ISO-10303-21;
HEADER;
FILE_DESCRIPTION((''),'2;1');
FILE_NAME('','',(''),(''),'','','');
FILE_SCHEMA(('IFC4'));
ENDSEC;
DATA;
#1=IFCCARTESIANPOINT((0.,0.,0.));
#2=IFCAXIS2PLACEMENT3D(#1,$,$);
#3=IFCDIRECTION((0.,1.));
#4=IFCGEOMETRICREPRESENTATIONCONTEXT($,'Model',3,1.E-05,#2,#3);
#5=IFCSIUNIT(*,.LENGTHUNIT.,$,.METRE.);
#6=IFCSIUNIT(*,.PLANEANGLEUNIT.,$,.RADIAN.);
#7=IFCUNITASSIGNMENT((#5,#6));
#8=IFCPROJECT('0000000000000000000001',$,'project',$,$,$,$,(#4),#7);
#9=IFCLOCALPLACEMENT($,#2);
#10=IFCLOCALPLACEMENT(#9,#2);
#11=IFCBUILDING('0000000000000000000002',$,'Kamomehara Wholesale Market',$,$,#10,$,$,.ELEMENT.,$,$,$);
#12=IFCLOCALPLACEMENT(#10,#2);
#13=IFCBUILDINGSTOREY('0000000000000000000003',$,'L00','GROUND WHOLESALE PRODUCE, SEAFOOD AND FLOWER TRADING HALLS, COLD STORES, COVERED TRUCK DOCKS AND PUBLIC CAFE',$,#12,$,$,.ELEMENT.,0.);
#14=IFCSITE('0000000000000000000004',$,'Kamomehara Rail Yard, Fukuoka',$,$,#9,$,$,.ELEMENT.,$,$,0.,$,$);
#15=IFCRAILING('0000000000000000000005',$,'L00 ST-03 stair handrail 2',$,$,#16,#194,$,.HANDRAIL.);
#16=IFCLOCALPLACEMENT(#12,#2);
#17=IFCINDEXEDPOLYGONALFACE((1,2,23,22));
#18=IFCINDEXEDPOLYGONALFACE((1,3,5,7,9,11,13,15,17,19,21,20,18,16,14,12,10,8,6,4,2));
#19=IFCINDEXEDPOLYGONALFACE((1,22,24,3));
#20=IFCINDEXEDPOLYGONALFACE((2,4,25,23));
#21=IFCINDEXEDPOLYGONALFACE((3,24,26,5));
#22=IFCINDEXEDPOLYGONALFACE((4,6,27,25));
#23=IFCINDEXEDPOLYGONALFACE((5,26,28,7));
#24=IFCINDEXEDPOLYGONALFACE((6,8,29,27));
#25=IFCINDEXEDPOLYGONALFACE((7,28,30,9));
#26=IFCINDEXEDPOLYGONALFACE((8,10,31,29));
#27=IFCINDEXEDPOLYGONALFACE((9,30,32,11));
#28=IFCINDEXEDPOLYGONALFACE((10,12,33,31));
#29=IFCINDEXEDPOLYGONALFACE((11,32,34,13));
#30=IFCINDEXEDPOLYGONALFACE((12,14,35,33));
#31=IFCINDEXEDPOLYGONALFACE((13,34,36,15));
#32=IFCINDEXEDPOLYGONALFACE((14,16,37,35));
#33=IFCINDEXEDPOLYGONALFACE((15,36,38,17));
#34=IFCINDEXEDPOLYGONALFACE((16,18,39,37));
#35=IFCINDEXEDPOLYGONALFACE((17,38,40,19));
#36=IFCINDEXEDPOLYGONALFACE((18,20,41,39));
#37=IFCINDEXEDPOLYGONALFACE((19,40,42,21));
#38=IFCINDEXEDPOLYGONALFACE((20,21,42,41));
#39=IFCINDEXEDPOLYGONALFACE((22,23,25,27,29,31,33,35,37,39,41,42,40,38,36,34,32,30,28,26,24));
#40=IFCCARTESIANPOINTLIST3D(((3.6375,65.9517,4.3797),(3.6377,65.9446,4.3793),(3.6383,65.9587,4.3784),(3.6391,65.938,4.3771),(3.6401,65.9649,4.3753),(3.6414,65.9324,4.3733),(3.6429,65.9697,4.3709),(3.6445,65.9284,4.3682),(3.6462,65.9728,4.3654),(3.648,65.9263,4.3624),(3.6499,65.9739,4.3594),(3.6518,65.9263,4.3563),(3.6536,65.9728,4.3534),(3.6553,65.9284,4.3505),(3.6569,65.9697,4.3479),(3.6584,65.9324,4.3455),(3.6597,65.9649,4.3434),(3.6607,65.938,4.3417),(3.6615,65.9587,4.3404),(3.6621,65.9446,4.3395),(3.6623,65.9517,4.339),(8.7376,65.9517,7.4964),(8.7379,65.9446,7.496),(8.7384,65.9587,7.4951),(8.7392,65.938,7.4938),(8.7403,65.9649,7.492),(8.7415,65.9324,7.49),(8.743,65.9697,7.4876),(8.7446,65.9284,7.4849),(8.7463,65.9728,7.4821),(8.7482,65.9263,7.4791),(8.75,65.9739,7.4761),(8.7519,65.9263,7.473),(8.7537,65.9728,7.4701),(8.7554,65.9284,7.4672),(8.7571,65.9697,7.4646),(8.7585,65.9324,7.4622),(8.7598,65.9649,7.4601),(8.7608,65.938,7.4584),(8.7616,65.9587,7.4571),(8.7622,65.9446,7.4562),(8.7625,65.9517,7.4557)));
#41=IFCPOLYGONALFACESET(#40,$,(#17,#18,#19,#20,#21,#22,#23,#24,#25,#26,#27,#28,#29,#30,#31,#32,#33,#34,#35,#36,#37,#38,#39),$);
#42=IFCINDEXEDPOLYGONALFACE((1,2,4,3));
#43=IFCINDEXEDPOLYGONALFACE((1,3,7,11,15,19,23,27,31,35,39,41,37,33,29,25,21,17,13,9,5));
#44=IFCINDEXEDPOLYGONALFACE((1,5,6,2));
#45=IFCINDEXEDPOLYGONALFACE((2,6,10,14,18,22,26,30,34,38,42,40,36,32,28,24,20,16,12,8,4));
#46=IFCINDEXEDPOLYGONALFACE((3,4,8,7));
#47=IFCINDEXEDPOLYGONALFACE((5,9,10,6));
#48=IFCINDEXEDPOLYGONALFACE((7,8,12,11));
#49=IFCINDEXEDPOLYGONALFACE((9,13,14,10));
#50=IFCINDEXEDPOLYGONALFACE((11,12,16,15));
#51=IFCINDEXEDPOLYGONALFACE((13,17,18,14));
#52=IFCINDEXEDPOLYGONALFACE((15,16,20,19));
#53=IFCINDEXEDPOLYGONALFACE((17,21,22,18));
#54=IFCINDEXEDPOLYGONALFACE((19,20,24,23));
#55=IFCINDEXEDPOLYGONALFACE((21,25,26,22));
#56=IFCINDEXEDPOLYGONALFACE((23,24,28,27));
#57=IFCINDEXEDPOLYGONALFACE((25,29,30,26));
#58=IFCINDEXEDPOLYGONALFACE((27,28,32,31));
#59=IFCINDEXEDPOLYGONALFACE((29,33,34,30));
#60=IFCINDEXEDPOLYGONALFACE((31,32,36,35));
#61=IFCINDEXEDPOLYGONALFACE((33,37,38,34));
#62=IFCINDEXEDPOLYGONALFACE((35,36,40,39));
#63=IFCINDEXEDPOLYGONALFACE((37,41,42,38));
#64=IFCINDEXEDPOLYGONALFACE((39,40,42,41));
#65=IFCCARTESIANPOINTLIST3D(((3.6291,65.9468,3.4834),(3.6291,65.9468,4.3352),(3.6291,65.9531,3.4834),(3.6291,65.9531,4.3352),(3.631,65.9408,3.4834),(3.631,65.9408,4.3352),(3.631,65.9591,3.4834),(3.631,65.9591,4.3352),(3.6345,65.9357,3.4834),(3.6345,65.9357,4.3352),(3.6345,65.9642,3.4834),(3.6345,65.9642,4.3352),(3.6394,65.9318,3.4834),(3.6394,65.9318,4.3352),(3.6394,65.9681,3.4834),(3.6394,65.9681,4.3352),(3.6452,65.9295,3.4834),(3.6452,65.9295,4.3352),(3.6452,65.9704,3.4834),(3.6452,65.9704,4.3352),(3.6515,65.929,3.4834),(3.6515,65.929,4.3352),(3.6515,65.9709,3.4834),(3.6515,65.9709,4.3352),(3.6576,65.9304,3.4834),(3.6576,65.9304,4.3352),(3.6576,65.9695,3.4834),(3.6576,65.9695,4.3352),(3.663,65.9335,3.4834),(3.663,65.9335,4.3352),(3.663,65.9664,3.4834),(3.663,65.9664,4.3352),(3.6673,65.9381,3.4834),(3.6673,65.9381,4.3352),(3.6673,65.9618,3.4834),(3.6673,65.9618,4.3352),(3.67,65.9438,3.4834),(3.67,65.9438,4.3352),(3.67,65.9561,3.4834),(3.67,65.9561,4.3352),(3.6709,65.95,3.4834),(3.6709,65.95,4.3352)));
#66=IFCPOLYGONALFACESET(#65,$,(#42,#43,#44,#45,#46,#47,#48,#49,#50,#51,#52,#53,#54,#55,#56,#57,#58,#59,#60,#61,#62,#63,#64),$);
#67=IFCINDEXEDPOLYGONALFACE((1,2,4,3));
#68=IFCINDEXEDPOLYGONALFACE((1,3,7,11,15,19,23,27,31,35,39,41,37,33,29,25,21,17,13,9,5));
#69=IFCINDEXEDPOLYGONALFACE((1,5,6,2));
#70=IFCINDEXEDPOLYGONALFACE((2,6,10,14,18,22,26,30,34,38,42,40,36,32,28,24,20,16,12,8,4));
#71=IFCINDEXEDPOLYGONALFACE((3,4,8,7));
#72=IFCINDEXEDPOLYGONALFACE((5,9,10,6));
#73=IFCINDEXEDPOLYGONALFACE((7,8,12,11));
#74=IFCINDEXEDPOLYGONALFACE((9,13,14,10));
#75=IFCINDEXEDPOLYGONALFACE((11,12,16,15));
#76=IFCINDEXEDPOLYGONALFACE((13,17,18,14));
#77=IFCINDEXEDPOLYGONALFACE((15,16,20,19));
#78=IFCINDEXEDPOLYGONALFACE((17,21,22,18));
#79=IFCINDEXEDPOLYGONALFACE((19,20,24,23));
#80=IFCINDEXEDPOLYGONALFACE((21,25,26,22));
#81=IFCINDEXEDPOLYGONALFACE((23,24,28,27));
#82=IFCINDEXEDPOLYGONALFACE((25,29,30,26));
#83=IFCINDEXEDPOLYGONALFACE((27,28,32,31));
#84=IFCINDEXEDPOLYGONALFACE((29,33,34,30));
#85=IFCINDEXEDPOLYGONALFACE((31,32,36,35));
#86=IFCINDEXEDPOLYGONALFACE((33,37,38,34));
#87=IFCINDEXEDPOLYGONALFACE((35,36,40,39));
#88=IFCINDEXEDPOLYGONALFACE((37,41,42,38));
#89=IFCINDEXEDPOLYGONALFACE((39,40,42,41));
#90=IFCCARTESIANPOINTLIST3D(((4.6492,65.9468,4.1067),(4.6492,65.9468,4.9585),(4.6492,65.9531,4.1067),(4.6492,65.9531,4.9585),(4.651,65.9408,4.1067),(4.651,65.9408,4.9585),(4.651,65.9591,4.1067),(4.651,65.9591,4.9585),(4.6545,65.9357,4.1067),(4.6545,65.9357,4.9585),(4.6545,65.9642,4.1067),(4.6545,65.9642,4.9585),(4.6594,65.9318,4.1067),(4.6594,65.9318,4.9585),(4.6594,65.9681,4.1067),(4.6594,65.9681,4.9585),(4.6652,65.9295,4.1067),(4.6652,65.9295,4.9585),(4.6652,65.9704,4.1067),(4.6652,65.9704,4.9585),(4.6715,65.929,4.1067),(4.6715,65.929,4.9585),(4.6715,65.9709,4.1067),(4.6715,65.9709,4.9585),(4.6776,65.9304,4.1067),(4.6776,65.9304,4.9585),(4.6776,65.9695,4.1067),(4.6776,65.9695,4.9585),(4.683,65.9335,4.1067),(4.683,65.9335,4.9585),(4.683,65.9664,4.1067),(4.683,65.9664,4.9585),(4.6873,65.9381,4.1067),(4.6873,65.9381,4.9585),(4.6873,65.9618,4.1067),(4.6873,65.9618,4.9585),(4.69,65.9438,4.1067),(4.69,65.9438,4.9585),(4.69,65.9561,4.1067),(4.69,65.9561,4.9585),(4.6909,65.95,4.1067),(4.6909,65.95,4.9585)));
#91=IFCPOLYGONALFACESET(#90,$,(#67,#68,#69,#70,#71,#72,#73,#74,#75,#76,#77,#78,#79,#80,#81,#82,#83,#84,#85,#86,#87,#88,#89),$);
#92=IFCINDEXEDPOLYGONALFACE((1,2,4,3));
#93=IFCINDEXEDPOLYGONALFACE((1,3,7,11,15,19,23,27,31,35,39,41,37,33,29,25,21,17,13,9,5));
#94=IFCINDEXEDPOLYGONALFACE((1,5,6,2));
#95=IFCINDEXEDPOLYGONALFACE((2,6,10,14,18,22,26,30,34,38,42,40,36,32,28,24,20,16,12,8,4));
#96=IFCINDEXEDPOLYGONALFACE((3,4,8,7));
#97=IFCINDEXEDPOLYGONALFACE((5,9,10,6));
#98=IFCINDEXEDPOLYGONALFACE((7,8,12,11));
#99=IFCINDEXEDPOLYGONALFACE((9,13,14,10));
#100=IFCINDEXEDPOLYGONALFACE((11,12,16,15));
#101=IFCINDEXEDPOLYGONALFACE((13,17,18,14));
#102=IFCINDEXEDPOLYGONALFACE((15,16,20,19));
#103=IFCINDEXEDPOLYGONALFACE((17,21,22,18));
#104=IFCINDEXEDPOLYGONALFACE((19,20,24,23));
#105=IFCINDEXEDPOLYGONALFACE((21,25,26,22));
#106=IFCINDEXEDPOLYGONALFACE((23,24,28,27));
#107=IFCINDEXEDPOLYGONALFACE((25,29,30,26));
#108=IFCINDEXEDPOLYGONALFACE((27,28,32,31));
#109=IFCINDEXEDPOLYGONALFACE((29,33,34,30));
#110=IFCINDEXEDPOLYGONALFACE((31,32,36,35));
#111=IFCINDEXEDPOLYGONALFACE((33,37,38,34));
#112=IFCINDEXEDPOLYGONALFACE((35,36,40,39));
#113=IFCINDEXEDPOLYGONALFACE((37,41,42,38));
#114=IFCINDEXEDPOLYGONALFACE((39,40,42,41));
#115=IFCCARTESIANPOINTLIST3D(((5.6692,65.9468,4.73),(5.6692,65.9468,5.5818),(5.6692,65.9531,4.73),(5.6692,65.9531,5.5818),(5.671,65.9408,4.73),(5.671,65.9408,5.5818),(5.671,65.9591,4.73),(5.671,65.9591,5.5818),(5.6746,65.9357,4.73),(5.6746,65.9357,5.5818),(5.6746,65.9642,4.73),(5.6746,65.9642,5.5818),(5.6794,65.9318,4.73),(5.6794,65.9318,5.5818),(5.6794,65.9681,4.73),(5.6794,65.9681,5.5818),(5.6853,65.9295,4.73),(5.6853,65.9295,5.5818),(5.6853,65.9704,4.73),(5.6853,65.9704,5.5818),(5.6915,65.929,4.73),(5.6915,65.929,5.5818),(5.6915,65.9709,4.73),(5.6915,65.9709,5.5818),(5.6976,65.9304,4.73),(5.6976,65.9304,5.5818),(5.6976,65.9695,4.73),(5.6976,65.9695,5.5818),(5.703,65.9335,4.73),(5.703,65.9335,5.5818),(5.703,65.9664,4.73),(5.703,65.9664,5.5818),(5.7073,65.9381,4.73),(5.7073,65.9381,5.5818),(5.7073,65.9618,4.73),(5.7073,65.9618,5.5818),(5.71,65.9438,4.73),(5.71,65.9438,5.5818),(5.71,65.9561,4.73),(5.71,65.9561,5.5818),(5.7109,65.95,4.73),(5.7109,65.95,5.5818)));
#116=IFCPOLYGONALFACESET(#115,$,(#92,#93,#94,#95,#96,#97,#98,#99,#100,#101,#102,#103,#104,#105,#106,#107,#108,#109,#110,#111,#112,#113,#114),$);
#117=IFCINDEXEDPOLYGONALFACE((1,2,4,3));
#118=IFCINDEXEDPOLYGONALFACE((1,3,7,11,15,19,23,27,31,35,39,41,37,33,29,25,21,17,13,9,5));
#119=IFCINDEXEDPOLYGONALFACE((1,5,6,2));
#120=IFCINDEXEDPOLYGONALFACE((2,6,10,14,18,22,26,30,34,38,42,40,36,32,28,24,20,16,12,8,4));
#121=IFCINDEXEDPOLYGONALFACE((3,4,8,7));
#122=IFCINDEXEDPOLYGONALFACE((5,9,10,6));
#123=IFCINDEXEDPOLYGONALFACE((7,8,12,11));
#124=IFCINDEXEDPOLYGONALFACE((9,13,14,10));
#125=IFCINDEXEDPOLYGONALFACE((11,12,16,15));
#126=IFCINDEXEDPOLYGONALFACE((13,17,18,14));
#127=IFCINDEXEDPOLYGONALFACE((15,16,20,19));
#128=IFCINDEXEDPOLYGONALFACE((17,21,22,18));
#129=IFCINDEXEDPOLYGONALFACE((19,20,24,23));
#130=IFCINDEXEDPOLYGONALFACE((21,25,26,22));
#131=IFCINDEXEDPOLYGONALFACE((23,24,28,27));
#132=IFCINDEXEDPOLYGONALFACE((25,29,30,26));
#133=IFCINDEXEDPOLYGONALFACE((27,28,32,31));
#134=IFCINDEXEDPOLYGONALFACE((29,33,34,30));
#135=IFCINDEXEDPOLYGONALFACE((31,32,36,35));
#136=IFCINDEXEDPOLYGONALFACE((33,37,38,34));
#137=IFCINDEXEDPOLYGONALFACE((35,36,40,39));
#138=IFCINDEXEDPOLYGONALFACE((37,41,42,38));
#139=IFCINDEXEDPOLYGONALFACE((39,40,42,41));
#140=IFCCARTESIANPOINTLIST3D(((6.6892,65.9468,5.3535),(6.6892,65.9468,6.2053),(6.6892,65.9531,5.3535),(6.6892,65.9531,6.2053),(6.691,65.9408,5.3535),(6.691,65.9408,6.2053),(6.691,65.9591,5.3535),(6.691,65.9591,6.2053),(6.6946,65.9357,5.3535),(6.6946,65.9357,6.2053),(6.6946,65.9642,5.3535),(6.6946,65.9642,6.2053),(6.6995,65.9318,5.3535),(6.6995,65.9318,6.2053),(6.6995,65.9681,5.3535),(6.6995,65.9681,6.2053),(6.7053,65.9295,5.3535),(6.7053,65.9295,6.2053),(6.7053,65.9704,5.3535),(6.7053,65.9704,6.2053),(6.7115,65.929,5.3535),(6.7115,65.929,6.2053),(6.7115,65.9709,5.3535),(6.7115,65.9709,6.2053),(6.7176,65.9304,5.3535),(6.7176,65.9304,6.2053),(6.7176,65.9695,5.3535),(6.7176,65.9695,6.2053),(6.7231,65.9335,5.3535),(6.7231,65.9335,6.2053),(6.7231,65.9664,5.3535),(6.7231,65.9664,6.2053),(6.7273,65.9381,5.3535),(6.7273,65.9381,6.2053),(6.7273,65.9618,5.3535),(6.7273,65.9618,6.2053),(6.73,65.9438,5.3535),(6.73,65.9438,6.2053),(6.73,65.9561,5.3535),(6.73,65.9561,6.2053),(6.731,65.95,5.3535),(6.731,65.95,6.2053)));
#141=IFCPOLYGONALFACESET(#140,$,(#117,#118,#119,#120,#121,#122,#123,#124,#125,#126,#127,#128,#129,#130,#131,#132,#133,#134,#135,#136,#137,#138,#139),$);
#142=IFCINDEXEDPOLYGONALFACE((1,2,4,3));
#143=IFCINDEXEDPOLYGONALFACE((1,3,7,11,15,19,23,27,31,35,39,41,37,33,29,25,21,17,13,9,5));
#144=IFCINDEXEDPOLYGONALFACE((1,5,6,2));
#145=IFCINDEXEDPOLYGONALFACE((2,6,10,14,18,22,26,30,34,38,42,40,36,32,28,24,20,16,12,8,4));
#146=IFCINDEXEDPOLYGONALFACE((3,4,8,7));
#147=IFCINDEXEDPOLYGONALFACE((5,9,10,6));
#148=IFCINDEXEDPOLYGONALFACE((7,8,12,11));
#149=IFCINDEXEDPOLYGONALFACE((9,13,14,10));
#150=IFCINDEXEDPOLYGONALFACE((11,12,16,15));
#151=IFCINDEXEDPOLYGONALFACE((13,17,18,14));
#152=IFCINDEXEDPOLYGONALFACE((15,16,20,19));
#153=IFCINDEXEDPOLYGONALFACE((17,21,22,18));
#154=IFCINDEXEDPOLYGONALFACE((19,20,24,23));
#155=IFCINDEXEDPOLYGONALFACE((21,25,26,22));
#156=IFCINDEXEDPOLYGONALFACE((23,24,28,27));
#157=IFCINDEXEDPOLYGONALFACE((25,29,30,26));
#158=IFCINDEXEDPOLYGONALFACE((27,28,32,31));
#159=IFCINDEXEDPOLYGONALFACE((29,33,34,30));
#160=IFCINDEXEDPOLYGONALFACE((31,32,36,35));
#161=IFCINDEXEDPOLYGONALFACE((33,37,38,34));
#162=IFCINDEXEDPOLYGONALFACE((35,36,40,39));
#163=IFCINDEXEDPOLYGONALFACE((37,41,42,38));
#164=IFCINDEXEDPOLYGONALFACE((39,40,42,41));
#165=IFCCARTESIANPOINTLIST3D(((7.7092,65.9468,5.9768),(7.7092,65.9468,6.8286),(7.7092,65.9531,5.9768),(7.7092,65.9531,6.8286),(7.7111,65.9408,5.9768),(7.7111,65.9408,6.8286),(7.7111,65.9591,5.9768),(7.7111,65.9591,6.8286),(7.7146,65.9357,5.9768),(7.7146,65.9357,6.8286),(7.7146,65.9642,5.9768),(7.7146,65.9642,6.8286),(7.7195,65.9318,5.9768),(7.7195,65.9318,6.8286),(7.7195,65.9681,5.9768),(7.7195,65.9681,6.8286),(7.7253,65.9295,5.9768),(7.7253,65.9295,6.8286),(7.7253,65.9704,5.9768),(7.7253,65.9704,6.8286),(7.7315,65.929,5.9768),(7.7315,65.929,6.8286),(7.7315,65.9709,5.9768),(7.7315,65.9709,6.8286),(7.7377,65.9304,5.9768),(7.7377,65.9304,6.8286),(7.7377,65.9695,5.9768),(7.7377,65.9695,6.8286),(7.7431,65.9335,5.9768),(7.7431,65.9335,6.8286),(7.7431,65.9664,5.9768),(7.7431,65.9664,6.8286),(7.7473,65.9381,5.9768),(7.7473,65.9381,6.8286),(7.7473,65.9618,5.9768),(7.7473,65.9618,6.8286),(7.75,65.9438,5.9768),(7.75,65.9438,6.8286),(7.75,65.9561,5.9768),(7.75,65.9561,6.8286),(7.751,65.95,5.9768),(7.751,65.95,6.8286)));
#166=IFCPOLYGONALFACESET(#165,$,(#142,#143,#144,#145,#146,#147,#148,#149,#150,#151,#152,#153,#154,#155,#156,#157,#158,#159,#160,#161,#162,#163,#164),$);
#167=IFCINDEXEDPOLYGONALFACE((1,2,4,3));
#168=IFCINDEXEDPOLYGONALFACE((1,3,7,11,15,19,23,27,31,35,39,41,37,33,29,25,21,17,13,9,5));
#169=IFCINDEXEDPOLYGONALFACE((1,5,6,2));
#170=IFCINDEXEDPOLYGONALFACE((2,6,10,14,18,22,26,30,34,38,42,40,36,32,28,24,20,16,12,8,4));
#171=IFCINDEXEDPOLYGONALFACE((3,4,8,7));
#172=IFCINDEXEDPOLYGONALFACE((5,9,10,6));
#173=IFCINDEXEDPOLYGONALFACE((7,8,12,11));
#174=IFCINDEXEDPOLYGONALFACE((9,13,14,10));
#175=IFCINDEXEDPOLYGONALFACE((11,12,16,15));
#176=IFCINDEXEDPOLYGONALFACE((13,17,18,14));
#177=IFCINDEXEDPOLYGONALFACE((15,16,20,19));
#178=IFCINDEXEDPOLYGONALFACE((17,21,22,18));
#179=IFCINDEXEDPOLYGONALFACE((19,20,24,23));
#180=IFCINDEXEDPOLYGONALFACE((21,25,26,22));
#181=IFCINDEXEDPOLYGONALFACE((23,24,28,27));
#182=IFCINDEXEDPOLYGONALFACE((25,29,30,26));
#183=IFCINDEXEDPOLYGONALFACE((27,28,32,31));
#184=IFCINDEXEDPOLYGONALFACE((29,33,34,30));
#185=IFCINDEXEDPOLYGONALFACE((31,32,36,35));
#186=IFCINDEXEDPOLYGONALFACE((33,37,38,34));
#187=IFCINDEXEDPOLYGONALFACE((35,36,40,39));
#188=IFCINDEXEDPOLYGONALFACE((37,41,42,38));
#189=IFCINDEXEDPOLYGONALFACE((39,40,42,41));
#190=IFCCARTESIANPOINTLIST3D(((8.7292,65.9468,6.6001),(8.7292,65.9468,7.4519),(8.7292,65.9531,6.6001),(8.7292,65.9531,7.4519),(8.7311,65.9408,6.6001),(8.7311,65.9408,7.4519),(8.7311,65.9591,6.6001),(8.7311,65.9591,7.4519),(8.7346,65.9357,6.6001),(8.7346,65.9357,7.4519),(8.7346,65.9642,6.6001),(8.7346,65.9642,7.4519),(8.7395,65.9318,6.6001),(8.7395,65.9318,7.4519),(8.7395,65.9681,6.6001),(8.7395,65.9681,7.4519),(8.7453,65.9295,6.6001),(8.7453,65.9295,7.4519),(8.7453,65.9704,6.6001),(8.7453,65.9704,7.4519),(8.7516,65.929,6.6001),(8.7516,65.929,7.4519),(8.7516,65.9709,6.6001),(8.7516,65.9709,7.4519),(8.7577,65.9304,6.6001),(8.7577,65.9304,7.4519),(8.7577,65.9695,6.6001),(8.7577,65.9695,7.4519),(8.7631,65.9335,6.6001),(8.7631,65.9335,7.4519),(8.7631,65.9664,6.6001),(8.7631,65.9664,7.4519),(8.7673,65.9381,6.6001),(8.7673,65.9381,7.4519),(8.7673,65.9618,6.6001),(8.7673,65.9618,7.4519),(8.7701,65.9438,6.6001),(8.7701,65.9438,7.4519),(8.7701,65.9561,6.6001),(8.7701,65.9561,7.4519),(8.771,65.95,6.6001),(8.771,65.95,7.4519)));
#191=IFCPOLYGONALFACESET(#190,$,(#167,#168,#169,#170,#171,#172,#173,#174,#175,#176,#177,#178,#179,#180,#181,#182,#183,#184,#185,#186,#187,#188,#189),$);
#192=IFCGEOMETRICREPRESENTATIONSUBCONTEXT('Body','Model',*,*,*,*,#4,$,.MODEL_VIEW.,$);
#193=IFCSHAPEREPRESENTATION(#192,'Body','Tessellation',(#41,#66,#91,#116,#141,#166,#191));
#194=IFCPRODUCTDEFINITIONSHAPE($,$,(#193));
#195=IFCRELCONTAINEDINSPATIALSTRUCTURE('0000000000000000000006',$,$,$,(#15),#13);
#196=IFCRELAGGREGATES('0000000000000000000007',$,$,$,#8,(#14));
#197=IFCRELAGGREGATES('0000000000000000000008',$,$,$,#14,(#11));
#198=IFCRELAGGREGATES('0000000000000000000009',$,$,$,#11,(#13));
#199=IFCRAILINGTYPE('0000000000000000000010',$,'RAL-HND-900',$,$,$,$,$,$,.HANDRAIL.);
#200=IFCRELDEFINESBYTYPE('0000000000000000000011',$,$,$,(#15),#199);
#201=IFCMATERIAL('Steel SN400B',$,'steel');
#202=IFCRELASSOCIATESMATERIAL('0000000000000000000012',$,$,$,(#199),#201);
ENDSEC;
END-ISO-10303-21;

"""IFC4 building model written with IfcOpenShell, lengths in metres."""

from ifc_helpers import new_model, si_unit, direction, frame, origin, origin_2d, place, context, subcontext, project, spatial, circle, extrude, material, type_object, element, save


model = new_model("IFC4")

# Units and contexts
model_context = context("Model", 3, precision=1e-05, world=origin(), true_north=direction((0.0, 1.0)))
body_context = subcontext(model_context, "Body", "Model", "MODEL_VIEW")
ifc_project = project(units=[si_unit("LENGTHUNIT", "METRE"), si_unit("PLANEANGLEUNIT", "RADIAN")], contexts=[model_context])

# Site, building, storey
site_placement = place(None, origin())
site = spatial("IfcSite", under=ifc_project, at=site_placement, Name="Kamomehara Rail Yard, Fukuoka", CompositionType="ELEMENT", RefElevation=0.0)
building_placement = place(site_placement, origin())
building = spatial("IfcBuilding", under=site, at=building_placement, Name="Kamomehara Wholesale Market", CompositionType="ELEMENT")
storey_placement = place(building_placement, origin())
storey = spatial("IfcBuildingStorey", under=building, at=storey_placement, Name="L00", Description="GROUND WHOLESALE PRODUCE, SEAFOOD AND FLOWER TRADING HALLS, COLD STORES, COVERED TRUCK DOCKS AND PUBLIC CAFE", CompositionType="ELEMENT", Elevation=0.0)

# Railing
ifc_material_1 = material(Name="Steel SN400B", Category="steel")
railing_type_1 = type_object("IfcRailingType", Name="RAL-HND-900", PredefinedType="HANDRAIL", material=ifc_material_1)
railing_1_placement = place(storey_placement, frame((3.6499, 65.95, 3.4834)))
element("IfcRailing", 1, at=railing_1_placement, inside=storey, type_object=railing_type_1, Name="L00 ST-03 stair handrail 2", PredefinedType="HANDRAIL", context=body_context, shape_type="SweptSolid", body=[
    extrude(circle(Radius=0.0239, at=origin_2d()), frame((0.0, 0.0, 0.876), z_axis=(0.853284, 0.0, 0.521447), x_axis=(0.0, 1.0, 0.0)), (0.0, 0.0, 1.0), 5.9771),
    extrude(circle(Radius=0.021, at=origin_2d()), origin(), (0.0, 0.0, 1.0), 0.8518),
    extrude(circle(Radius=0.021, at=origin_2d()), frame((1.02, 0.0, 0.6233)), (0.0, 0.0, 1.0), 0.8518),
    extrude(circle(Radius=0.021, at=origin_2d()), frame((2.04, 0.0, 1.2466)), (0.0, 0.0, 1.0), 0.8518),
    extrude(circle(Radius=0.021, at=origin_2d()), frame((3.0601, 0.0, 1.8701)), (0.0, 0.0, 1.0), 0.8518),
    extrude(circle(Radius=0.021, at=origin_2d()), frame((4.0801, 0.0, 2.4934)), (0.0, 0.0, 1.0), 0.8518),
    extrude(circle(Radius=0.021, at=origin_2d()), frame((5.1001, 0.0, 3.1167)), (0.0, 0.0, 1.0), 0.8518),
])

save(model, "model.ifc")
